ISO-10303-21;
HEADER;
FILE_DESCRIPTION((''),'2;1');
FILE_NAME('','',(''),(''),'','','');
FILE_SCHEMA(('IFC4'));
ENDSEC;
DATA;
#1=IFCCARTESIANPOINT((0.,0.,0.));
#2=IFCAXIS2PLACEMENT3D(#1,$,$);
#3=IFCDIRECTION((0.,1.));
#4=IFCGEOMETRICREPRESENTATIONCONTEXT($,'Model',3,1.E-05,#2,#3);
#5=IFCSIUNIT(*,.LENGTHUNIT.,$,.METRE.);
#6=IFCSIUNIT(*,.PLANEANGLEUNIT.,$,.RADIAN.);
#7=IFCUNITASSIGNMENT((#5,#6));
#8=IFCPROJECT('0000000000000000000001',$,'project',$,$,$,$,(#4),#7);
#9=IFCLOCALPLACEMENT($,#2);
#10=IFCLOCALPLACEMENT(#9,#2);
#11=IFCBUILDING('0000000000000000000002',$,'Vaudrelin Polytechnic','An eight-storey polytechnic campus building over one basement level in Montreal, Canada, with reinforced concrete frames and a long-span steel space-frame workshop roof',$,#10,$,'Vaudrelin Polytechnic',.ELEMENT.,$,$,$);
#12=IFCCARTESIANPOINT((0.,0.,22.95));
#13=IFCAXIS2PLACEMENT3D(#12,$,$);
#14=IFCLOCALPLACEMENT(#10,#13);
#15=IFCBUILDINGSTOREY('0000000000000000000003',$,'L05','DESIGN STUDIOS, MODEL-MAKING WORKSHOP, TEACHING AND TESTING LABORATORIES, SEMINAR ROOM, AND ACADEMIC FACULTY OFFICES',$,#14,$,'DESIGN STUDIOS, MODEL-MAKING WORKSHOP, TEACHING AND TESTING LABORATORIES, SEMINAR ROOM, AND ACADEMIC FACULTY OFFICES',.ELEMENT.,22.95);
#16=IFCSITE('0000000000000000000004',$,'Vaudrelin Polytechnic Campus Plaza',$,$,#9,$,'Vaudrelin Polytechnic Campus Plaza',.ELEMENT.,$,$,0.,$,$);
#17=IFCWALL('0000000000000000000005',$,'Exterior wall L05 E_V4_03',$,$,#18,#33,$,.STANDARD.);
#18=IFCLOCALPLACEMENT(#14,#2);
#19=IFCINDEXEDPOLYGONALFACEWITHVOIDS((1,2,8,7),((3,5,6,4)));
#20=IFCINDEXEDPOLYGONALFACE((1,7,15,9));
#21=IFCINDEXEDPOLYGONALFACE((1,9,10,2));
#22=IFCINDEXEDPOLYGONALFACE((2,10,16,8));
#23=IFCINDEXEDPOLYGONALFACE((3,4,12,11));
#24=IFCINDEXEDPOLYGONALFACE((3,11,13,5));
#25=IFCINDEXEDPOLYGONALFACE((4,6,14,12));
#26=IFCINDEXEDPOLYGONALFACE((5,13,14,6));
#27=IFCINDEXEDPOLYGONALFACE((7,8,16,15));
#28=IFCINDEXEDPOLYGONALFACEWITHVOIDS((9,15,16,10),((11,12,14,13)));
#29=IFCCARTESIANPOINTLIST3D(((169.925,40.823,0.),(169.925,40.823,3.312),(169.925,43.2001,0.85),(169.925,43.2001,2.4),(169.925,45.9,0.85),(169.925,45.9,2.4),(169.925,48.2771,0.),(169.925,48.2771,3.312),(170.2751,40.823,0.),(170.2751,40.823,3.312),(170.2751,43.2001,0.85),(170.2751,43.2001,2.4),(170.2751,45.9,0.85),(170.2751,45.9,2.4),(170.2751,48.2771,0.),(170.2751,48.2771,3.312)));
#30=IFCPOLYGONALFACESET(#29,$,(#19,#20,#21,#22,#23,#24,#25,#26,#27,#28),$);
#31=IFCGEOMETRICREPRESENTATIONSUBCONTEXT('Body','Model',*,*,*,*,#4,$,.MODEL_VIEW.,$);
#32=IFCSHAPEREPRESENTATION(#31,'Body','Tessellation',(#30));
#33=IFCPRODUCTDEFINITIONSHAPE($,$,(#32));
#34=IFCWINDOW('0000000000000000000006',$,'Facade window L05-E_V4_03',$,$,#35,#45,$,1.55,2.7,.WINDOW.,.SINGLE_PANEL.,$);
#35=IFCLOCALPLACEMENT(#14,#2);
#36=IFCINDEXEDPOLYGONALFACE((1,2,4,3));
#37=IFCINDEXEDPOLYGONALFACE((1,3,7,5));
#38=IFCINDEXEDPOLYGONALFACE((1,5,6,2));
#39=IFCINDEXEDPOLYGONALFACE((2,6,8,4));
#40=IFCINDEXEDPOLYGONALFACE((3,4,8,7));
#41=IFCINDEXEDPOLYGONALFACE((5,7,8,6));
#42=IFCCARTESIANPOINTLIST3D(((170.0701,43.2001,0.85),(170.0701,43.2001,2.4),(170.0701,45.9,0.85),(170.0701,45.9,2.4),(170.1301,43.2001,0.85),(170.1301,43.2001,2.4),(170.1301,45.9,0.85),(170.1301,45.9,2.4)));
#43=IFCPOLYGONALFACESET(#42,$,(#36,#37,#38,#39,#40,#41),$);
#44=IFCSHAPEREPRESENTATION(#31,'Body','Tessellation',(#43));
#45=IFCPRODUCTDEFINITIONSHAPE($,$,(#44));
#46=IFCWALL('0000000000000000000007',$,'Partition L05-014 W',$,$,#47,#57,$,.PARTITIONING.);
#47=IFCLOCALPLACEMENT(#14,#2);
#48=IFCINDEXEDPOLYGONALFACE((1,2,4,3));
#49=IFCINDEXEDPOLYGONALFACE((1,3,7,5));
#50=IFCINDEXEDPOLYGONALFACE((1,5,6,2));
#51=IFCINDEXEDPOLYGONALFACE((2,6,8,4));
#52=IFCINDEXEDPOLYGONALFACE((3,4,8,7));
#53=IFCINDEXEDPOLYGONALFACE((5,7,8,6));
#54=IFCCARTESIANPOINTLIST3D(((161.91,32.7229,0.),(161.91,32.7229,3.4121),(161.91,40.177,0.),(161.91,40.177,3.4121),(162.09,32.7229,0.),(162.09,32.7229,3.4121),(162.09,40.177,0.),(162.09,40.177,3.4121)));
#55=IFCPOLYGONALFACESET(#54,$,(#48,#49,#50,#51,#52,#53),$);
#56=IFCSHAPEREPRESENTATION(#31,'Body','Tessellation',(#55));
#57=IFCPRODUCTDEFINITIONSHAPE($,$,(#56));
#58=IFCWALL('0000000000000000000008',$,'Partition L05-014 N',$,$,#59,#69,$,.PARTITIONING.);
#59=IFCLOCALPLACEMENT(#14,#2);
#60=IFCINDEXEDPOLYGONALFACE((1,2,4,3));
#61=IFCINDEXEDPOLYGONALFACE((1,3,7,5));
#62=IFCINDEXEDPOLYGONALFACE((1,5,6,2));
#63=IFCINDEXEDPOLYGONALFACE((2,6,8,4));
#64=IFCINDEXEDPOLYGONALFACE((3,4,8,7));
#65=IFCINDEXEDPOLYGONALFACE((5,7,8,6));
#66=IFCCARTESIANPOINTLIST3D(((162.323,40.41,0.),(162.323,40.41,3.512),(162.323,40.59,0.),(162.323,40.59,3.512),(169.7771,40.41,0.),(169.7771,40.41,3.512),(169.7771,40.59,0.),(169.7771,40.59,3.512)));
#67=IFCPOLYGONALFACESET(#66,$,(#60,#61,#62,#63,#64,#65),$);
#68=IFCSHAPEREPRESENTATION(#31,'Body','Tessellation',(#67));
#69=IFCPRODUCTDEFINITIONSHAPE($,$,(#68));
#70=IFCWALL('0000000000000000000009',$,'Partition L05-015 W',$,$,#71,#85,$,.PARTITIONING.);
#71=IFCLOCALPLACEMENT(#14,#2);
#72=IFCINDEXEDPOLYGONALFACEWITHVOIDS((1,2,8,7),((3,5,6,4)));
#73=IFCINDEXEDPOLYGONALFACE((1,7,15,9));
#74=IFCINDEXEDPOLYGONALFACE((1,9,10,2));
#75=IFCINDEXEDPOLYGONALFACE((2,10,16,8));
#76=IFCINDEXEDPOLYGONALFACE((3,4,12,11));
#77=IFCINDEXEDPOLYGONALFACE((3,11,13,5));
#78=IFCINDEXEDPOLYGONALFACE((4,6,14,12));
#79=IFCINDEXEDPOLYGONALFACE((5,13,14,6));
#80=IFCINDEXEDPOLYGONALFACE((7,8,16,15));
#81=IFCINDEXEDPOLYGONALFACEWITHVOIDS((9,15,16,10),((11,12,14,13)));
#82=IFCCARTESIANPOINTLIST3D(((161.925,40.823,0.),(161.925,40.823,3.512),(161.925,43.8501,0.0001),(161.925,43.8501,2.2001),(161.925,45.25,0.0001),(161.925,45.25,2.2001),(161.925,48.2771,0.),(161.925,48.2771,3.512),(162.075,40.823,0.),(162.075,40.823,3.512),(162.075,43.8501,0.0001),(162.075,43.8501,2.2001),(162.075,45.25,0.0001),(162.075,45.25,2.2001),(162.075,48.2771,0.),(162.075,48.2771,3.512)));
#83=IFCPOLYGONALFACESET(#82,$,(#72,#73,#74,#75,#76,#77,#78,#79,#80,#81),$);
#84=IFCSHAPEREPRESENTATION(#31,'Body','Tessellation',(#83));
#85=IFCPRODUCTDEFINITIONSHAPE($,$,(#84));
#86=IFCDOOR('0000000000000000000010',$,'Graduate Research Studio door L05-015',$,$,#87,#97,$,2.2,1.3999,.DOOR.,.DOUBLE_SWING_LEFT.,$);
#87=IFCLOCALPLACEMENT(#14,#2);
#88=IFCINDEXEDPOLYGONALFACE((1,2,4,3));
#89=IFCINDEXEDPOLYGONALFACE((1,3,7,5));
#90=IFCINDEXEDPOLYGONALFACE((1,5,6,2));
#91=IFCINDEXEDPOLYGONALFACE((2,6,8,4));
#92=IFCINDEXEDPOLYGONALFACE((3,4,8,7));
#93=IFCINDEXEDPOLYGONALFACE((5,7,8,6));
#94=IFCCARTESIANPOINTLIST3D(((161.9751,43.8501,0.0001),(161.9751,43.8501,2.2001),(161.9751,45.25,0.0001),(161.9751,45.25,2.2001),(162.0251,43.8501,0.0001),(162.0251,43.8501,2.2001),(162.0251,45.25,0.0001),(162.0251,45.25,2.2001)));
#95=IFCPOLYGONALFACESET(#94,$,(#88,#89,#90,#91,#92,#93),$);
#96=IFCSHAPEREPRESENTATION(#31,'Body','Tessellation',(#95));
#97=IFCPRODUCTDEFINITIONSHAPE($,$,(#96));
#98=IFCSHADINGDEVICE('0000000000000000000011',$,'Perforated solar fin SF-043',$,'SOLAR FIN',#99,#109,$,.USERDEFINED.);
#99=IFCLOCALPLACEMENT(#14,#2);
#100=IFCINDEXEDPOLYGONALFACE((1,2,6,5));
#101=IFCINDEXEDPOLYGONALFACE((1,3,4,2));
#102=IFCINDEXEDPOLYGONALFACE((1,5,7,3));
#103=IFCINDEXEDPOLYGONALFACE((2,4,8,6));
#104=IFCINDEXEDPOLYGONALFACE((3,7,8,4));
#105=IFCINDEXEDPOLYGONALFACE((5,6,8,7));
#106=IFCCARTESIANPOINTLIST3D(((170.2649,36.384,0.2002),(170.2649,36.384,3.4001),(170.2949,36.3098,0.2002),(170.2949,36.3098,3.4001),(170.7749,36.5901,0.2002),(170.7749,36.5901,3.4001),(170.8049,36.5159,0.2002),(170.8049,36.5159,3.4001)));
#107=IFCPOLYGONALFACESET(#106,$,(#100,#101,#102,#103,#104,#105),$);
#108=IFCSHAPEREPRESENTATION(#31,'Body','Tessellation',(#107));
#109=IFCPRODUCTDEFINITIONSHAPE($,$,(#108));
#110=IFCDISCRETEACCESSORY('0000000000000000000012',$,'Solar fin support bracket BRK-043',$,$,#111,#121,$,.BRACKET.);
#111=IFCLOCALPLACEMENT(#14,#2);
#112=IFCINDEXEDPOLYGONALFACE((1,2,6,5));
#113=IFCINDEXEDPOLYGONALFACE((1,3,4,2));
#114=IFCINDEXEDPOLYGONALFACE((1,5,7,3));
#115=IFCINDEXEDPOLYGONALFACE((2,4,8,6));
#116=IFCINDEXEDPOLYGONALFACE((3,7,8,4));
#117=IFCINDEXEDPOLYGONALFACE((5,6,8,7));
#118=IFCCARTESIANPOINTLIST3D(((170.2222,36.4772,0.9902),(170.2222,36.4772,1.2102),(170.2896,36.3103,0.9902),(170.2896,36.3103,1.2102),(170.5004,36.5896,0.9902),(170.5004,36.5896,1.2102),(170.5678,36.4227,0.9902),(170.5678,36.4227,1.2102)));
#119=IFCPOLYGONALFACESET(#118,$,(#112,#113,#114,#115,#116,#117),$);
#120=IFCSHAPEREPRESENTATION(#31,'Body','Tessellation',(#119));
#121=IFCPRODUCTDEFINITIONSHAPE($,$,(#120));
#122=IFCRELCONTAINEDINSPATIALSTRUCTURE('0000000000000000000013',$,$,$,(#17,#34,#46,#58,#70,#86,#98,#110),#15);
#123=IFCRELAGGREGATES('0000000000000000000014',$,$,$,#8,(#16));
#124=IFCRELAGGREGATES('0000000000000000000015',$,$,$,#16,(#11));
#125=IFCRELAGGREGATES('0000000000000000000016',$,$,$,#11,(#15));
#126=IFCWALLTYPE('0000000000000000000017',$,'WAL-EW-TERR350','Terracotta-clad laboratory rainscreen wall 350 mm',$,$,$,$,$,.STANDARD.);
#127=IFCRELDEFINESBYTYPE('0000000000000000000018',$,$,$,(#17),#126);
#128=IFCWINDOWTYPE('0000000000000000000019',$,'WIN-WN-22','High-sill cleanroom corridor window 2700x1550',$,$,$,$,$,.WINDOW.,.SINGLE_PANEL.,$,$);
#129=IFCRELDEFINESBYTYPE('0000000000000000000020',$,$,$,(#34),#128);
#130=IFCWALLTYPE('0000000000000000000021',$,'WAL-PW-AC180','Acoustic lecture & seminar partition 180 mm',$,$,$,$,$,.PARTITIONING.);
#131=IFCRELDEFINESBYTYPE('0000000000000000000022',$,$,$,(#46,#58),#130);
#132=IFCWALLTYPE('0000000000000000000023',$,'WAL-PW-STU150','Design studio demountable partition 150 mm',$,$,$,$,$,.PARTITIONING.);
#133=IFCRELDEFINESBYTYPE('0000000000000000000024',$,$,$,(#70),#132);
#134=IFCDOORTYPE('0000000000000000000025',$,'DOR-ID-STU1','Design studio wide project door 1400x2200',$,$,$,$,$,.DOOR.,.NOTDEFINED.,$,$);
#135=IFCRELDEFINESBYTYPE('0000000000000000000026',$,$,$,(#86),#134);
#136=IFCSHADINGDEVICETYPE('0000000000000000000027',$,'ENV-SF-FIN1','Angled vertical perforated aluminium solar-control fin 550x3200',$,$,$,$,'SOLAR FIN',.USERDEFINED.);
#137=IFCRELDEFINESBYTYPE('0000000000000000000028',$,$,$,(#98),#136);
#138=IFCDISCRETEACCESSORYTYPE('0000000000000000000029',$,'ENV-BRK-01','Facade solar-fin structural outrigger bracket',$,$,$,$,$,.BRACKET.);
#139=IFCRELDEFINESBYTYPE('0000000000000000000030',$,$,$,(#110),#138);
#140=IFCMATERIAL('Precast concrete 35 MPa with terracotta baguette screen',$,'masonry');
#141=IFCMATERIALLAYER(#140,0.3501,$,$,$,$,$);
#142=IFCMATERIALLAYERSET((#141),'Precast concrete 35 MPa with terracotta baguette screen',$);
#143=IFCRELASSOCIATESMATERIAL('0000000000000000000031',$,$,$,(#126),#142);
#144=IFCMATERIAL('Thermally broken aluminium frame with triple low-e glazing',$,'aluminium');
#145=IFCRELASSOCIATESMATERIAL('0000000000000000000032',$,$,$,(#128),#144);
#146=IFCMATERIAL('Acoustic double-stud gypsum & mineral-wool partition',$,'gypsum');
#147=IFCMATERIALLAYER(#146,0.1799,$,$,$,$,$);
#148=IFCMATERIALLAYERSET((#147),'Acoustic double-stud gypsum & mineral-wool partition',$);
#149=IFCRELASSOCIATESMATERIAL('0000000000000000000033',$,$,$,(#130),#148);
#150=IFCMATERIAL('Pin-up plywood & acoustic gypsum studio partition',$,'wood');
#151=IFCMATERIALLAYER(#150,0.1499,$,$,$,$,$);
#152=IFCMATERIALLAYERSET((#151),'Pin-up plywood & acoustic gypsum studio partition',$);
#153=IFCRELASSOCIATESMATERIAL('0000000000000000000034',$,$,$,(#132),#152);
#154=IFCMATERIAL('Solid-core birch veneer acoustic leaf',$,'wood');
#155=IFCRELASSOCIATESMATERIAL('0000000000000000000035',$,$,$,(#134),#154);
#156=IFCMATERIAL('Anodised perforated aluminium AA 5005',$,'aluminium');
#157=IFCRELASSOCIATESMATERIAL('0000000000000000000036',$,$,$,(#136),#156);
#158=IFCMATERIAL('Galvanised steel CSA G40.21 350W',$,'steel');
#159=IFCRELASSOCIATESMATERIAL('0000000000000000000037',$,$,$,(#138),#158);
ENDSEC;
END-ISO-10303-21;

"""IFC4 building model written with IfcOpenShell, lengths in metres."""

from ifc_helpers import new_model, si_unit, direction, frame, frame_2d, origin, origin_2d, place, context, subcontext, project, spatial, rectangle, extrude, material, layer, layer_set, type_object, element, fill, save


model = new_model("IFC4")

# Units and contexts
model_context = context("Model", 3, precision=1e-05, world=origin(), true_north=direction((0.0, 1.0)))
body_context = subcontext(model_context, "Body", "Model", "MODEL_VIEW")
ifc_project = project(units=[si_unit("LENGTHUNIT", "METRE"), si_unit("PLANEANGLEUNIT", "RADIAN")], contexts=[model_context])

# Site, building, storey
site_placement = place(None, origin())
site = spatial("IfcSite", under=ifc_project, at=site_placement, Name="Vaudrelin Polytechnic Campus Plaza", LongName="Vaudrelin Polytechnic Campus Plaza", CompositionType="ELEMENT", RefElevation=0.0)
building_placement = place(site_placement, origin())
building = spatial("IfcBuilding", under=site, at=building_placement, Name="Vaudrelin Polytechnic", Description="An eight-storey polytechnic campus building over one basement level in Montreal, Canada, with reinforced concrete frames and a long-span steel space-frame workshop roof", LongName="Vaudrelin Polytechnic", CompositionType="ELEMENT")
storey_placement = place(building_placement, frame((0.0, 0.0, 22.95)))
storey = spatial("IfcBuildingStorey", under=building, at=storey_placement, Name="L05", Description="DESIGN STUDIOS, MODEL-MAKING WORKSHOP, TEACHING AND TESTING LABORATORIES, SEMINAR ROOM, AND ACADEMIC FACULTY OFFICES", LongName="DESIGN STUDIOS, MODEL-MAKING WORKSHOP, TEACHING AND TESTING LABORATORIES, SEMINAR ROOM, AND ACADEMIC FACULTY OFFICES", CompositionType="ELEMENT", Elevation=22.95)

# Wall, opening, window
ifc_material_1 = material(Name="Precast concrete 35 MPa with terracotta baguette screen", Category="masonry")
ifc_layer_1 = layer(ifc_material_1, 0.3501)
ifc_layer_set_1 = layer_set([ifc_layer_1], Name="Precast concrete 35 MPa with terracotta baguette screen")
wall_type_1 = type_object("IfcWallType", Name="WAL-EW-TERR350", Description="Terracotta-clad laboratory rainscreen wall 350 mm", PredefinedType="STANDARD", material=ifc_layer_set_1)
ifc_material_2 = material(Name="Thermally broken aluminium frame with triple low-e glazing", Category="aluminium")
wall_1_placement = place(storey_placement, frame((170.1001, 40.823, 0.0), z_axis=(0.0, 0.0, 1.0), x_axis=(0.0, 1.0, 0.0)))
wall_1 = element("IfcWall", 1, at=wall_1_placement, inside=storey, type_object=wall_type_1, Name="Exterior wall L05 E_V4_03", PredefinedType="STANDARD", context=body_context, shape_type="SweptSolid", body=[
    extrude(rectangle(XDim=7.4541, YDim=0.3501, at=frame_2d((3.7271, 0.0))), origin(), (0.0, 0.0, 1.0), 3.312),
])
opening_1_placement = place(wall_1_placement, frame((2.377, 0.0, 0.8501)))
opening_1 = element("IfcOpeningElement", 2, at=opening_1_placement, cuts=wall_1, PredefinedType="OPENING", context=body_context, shape_type="SweptSolid", body=[
    extrude(rectangle(XDim=2.7, YDim=1.55, at=frame_2d((1.3501, 0.7749))), frame((0.0, 0.1851, 0.0), z_axis=(0.0, -1.0, 0.0), x_axis=(1.0, 0.0, 0.0)), (0.0, 0.0, 1.0), 0.3701),
])
window_type_1 = type_object("IfcWindowType", Name="WIN-WN-22", Description="High-sill cleanroom corridor window 2700x1550", PartitioningType="SINGLE_PANEL", PredefinedType="WINDOW", material=ifc_material_2)
window_1_placement = place(opening_1_placement, origin())
window_1 = element("IfcWindow", 3, at=window_1_placement, inside=storey, type_object=window_type_1, Name="Facade window L05-E_V4_03", OverallHeight=1.55, OverallWidth=2.7, PartitioningType="SINGLE_PANEL", PredefinedType="WINDOW", context=body_context, shape_type="SweptSolid", body=[
    extrude(rectangle(XDim=2.7, YDim=1.55, at=frame_2d((1.3501, 0.7749))), frame((0.0, 0.03, 0.0), z_axis=(0.0, -1.0, 0.0), x_axis=(1.0, 0.0, 0.0)), (0.0, 0.0, 1.0), 0.0601),
])
fill(opening_1, window_1)

# Walls
ifc_material_3 = material(Name="Acoustic double-stud gypsum & mineral-wool partition", Category="gypsum")
ifc_layer_2 = layer(ifc_material_3, 0.1799)
ifc_layer_set_2 = layer_set([ifc_layer_2], Name="Acoustic double-stud gypsum & mineral-wool partition")
wall_type_2 = type_object("IfcWallType", Name="WAL-PW-AC180", Description="Acoustic lecture & seminar partition 180 mm", PredefinedType="PARTITIONING", material=ifc_layer_set_2)
wall_2_placement = place(storey_placement, frame((162.0, 32.7229, 0.0), z_axis=(0.0, 0.0, 1.0), x_axis=(0.0, 1.0, 0.0)))
element("IfcWall", 4, at=wall_2_placement, inside=storey, type_object=wall_type_2, Name="Partition L05-014 W", PredefinedType="PARTITIONING", context=body_context, shape_type="SweptSolid", body=[
    extrude(rectangle(XDim=7.4541, YDim=0.1799, at=frame_2d((3.7271, 0.0))), origin(), (0.0, 0.0, 1.0), 3.4121),
])
wall_3_placement = place(storey_placement, frame((162.323, 40.5, 0.0), z_axis=(0.0, 0.0, 1.0), x_axis=(1.0, 0.0, 0.0)))
element("IfcWall", 5, at=wall_3_placement, inside=storey, type_object=wall_type_2, Name="Partition L05-014 N", PredefinedType="PARTITIONING", context=body_context, shape_type="SweptSolid", body=[
    extrude(rectangle(XDim=7.4541, YDim=0.1799, at=frame_2d((3.7271, 0.0))), origin(), (0.0, 0.0, 1.0), 3.512),
])

# Wall, opening, door
ifc_material_4 = material(Name="Pin-up plywood & acoustic gypsum studio partition", Category="wood")
ifc_layer_3 = layer(ifc_material_4, 0.1499)
ifc_layer_set_3 = layer_set([ifc_layer_3], Name="Pin-up plywood & acoustic gypsum studio partition")
wall_type_3 = type_object("IfcWallType", Name="WAL-PW-STU150", Description="Design studio demountable partition 150 mm", PredefinedType="PARTITIONING", material=ifc_layer_set_3)
wall_4_placement = place(storey_placement, frame((162.0, 40.823, 0.0), z_axis=(0.0, 0.0, 1.0), x_axis=(0.0, 1.0, 0.0)))
wall_4 = element("IfcWall", 6, at=wall_4_placement, inside=storey, type_object=wall_type_3, Name="Partition L05-015 W", PredefinedType="PARTITIONING", context=body_context, shape_type="SweptSolid", body=[
    extrude(rectangle(XDim=7.4541, YDim=0.1499, at=frame_2d((3.7271, 0.0))), origin(), (0.0, 0.0, 1.0), 3.512),
])
opening_2_placement = place(wall_4_placement, frame((3.0271, 0.0, 0.0)))
opening_2 = element("IfcOpeningElement", 7, at=opening_2_placement, cuts=wall_4, PredefinedType="OPENING", context=body_context, shape_type="SweptSolid", body=[
    extrude(rectangle(XDim=1.3999, YDim=2.2, at=frame_2d((0.7, 1.1001))), frame((0.0, 0.085, 0.0), z_axis=(0.0, -1.0, 0.0), x_axis=(1.0, 0.0, 0.0)), (0.0, 0.0, 1.0), 0.1699),
])
ifc_material_5 = material(Name="Solid-core birch veneer acoustic leaf", Category="wood")
door_type = type_object("IfcDoorType", Name="DOR-ID-STU1", Description="Design studio wide project door 1400x2200", OperationType="NOTDEFINED", PredefinedType="DOOR", material=ifc_material_5)
door_placement = place(opening_2_placement, origin())
door = element("IfcDoor", 8, at=door_placement, inside=storey, type_object=door_type, Name="Graduate Research Studio door L05-015", OperationType="DOUBLE_SWING_LEFT", OverallHeight=2.2, OverallWidth=1.3999, PredefinedType="DOOR", context=body_context, shape_type="SweptSolid", body=[
    extrude(rectangle(XDim=1.3999, YDim=2.2, at=frame_2d((0.7, 1.1001))), frame((0.0, 0.0249, 0.0), z_axis=(0.0, -1.0, 0.0), x_axis=(1.0, 0.0, 0.0)), (0.0, 0.0, 1.0), 0.05),
])
fill(opening_2, door)

# Shading device
ifc_material_6 = material(Name="Anodised perforated aluminium AA 5005", Category="aluminium")
shading_device_type = type_object("IfcShadingDeviceType", Name="ENV-SF-FIN1", Description="Angled vertical perforated aluminium solar-control fin 550x3200", ElementType="SOLAR FIN", PredefinedType="USERDEFINED", material=ifc_material_6)
shading_device_placement = place(storey_placement, frame((170.5349, 36.45, 0.2002), z_axis=(0.0, 0.0, 1.0), x_axis=(0.927184, 0.374607, 0.0)))
element("IfcShadingDevice", 9, at=shading_device_placement, inside=storey, type_object=shading_device_type, Name="Perforated solar fin SF-043", ObjectType="SOLAR FIN", PredefinedType="USERDEFINED", context=body_context, shape_type="SweptSolid", body=[
    extrude(rectangle(XDim=0.55, YDim=0.0801, at=origin_2d()), origin(), (0.0, 0.0, 1.0), 3.2),
])

# Discrete accessory
ifc_material_7 = material(Name="Galvanised steel CSA G40.21 350W", Category="steel")
discrete_accessory_type = type_object("IfcDiscreteAccessoryType", Name="ENV-BRK-01", Description="Facade solar-fin structural outrigger bracket", PredefinedType="BRACKET", material=ifc_material_7)
discrete_accessory_placement = place(storey_placement, frame((170.395, 36.45, 0.9902), z_axis=(0.0, 0.0, 1.0), x_axis=(0.927184, 0.374607, 0.0)))
element("IfcDiscreteAccessory", 10, at=discrete_accessory_placement, inside=storey, type_object=discrete_accessory_type, Name="Solar fin support bracket BRK-043", PredefinedType="BRACKET", context=body_context, shape_type="SweptSolid", body=[
    extrude(rectangle(XDim=0.3, YDim=0.1799, at=origin_2d()), origin(), (0.0, 0.0, 1.0), 0.22),
])

save(model, "model.ifc")
